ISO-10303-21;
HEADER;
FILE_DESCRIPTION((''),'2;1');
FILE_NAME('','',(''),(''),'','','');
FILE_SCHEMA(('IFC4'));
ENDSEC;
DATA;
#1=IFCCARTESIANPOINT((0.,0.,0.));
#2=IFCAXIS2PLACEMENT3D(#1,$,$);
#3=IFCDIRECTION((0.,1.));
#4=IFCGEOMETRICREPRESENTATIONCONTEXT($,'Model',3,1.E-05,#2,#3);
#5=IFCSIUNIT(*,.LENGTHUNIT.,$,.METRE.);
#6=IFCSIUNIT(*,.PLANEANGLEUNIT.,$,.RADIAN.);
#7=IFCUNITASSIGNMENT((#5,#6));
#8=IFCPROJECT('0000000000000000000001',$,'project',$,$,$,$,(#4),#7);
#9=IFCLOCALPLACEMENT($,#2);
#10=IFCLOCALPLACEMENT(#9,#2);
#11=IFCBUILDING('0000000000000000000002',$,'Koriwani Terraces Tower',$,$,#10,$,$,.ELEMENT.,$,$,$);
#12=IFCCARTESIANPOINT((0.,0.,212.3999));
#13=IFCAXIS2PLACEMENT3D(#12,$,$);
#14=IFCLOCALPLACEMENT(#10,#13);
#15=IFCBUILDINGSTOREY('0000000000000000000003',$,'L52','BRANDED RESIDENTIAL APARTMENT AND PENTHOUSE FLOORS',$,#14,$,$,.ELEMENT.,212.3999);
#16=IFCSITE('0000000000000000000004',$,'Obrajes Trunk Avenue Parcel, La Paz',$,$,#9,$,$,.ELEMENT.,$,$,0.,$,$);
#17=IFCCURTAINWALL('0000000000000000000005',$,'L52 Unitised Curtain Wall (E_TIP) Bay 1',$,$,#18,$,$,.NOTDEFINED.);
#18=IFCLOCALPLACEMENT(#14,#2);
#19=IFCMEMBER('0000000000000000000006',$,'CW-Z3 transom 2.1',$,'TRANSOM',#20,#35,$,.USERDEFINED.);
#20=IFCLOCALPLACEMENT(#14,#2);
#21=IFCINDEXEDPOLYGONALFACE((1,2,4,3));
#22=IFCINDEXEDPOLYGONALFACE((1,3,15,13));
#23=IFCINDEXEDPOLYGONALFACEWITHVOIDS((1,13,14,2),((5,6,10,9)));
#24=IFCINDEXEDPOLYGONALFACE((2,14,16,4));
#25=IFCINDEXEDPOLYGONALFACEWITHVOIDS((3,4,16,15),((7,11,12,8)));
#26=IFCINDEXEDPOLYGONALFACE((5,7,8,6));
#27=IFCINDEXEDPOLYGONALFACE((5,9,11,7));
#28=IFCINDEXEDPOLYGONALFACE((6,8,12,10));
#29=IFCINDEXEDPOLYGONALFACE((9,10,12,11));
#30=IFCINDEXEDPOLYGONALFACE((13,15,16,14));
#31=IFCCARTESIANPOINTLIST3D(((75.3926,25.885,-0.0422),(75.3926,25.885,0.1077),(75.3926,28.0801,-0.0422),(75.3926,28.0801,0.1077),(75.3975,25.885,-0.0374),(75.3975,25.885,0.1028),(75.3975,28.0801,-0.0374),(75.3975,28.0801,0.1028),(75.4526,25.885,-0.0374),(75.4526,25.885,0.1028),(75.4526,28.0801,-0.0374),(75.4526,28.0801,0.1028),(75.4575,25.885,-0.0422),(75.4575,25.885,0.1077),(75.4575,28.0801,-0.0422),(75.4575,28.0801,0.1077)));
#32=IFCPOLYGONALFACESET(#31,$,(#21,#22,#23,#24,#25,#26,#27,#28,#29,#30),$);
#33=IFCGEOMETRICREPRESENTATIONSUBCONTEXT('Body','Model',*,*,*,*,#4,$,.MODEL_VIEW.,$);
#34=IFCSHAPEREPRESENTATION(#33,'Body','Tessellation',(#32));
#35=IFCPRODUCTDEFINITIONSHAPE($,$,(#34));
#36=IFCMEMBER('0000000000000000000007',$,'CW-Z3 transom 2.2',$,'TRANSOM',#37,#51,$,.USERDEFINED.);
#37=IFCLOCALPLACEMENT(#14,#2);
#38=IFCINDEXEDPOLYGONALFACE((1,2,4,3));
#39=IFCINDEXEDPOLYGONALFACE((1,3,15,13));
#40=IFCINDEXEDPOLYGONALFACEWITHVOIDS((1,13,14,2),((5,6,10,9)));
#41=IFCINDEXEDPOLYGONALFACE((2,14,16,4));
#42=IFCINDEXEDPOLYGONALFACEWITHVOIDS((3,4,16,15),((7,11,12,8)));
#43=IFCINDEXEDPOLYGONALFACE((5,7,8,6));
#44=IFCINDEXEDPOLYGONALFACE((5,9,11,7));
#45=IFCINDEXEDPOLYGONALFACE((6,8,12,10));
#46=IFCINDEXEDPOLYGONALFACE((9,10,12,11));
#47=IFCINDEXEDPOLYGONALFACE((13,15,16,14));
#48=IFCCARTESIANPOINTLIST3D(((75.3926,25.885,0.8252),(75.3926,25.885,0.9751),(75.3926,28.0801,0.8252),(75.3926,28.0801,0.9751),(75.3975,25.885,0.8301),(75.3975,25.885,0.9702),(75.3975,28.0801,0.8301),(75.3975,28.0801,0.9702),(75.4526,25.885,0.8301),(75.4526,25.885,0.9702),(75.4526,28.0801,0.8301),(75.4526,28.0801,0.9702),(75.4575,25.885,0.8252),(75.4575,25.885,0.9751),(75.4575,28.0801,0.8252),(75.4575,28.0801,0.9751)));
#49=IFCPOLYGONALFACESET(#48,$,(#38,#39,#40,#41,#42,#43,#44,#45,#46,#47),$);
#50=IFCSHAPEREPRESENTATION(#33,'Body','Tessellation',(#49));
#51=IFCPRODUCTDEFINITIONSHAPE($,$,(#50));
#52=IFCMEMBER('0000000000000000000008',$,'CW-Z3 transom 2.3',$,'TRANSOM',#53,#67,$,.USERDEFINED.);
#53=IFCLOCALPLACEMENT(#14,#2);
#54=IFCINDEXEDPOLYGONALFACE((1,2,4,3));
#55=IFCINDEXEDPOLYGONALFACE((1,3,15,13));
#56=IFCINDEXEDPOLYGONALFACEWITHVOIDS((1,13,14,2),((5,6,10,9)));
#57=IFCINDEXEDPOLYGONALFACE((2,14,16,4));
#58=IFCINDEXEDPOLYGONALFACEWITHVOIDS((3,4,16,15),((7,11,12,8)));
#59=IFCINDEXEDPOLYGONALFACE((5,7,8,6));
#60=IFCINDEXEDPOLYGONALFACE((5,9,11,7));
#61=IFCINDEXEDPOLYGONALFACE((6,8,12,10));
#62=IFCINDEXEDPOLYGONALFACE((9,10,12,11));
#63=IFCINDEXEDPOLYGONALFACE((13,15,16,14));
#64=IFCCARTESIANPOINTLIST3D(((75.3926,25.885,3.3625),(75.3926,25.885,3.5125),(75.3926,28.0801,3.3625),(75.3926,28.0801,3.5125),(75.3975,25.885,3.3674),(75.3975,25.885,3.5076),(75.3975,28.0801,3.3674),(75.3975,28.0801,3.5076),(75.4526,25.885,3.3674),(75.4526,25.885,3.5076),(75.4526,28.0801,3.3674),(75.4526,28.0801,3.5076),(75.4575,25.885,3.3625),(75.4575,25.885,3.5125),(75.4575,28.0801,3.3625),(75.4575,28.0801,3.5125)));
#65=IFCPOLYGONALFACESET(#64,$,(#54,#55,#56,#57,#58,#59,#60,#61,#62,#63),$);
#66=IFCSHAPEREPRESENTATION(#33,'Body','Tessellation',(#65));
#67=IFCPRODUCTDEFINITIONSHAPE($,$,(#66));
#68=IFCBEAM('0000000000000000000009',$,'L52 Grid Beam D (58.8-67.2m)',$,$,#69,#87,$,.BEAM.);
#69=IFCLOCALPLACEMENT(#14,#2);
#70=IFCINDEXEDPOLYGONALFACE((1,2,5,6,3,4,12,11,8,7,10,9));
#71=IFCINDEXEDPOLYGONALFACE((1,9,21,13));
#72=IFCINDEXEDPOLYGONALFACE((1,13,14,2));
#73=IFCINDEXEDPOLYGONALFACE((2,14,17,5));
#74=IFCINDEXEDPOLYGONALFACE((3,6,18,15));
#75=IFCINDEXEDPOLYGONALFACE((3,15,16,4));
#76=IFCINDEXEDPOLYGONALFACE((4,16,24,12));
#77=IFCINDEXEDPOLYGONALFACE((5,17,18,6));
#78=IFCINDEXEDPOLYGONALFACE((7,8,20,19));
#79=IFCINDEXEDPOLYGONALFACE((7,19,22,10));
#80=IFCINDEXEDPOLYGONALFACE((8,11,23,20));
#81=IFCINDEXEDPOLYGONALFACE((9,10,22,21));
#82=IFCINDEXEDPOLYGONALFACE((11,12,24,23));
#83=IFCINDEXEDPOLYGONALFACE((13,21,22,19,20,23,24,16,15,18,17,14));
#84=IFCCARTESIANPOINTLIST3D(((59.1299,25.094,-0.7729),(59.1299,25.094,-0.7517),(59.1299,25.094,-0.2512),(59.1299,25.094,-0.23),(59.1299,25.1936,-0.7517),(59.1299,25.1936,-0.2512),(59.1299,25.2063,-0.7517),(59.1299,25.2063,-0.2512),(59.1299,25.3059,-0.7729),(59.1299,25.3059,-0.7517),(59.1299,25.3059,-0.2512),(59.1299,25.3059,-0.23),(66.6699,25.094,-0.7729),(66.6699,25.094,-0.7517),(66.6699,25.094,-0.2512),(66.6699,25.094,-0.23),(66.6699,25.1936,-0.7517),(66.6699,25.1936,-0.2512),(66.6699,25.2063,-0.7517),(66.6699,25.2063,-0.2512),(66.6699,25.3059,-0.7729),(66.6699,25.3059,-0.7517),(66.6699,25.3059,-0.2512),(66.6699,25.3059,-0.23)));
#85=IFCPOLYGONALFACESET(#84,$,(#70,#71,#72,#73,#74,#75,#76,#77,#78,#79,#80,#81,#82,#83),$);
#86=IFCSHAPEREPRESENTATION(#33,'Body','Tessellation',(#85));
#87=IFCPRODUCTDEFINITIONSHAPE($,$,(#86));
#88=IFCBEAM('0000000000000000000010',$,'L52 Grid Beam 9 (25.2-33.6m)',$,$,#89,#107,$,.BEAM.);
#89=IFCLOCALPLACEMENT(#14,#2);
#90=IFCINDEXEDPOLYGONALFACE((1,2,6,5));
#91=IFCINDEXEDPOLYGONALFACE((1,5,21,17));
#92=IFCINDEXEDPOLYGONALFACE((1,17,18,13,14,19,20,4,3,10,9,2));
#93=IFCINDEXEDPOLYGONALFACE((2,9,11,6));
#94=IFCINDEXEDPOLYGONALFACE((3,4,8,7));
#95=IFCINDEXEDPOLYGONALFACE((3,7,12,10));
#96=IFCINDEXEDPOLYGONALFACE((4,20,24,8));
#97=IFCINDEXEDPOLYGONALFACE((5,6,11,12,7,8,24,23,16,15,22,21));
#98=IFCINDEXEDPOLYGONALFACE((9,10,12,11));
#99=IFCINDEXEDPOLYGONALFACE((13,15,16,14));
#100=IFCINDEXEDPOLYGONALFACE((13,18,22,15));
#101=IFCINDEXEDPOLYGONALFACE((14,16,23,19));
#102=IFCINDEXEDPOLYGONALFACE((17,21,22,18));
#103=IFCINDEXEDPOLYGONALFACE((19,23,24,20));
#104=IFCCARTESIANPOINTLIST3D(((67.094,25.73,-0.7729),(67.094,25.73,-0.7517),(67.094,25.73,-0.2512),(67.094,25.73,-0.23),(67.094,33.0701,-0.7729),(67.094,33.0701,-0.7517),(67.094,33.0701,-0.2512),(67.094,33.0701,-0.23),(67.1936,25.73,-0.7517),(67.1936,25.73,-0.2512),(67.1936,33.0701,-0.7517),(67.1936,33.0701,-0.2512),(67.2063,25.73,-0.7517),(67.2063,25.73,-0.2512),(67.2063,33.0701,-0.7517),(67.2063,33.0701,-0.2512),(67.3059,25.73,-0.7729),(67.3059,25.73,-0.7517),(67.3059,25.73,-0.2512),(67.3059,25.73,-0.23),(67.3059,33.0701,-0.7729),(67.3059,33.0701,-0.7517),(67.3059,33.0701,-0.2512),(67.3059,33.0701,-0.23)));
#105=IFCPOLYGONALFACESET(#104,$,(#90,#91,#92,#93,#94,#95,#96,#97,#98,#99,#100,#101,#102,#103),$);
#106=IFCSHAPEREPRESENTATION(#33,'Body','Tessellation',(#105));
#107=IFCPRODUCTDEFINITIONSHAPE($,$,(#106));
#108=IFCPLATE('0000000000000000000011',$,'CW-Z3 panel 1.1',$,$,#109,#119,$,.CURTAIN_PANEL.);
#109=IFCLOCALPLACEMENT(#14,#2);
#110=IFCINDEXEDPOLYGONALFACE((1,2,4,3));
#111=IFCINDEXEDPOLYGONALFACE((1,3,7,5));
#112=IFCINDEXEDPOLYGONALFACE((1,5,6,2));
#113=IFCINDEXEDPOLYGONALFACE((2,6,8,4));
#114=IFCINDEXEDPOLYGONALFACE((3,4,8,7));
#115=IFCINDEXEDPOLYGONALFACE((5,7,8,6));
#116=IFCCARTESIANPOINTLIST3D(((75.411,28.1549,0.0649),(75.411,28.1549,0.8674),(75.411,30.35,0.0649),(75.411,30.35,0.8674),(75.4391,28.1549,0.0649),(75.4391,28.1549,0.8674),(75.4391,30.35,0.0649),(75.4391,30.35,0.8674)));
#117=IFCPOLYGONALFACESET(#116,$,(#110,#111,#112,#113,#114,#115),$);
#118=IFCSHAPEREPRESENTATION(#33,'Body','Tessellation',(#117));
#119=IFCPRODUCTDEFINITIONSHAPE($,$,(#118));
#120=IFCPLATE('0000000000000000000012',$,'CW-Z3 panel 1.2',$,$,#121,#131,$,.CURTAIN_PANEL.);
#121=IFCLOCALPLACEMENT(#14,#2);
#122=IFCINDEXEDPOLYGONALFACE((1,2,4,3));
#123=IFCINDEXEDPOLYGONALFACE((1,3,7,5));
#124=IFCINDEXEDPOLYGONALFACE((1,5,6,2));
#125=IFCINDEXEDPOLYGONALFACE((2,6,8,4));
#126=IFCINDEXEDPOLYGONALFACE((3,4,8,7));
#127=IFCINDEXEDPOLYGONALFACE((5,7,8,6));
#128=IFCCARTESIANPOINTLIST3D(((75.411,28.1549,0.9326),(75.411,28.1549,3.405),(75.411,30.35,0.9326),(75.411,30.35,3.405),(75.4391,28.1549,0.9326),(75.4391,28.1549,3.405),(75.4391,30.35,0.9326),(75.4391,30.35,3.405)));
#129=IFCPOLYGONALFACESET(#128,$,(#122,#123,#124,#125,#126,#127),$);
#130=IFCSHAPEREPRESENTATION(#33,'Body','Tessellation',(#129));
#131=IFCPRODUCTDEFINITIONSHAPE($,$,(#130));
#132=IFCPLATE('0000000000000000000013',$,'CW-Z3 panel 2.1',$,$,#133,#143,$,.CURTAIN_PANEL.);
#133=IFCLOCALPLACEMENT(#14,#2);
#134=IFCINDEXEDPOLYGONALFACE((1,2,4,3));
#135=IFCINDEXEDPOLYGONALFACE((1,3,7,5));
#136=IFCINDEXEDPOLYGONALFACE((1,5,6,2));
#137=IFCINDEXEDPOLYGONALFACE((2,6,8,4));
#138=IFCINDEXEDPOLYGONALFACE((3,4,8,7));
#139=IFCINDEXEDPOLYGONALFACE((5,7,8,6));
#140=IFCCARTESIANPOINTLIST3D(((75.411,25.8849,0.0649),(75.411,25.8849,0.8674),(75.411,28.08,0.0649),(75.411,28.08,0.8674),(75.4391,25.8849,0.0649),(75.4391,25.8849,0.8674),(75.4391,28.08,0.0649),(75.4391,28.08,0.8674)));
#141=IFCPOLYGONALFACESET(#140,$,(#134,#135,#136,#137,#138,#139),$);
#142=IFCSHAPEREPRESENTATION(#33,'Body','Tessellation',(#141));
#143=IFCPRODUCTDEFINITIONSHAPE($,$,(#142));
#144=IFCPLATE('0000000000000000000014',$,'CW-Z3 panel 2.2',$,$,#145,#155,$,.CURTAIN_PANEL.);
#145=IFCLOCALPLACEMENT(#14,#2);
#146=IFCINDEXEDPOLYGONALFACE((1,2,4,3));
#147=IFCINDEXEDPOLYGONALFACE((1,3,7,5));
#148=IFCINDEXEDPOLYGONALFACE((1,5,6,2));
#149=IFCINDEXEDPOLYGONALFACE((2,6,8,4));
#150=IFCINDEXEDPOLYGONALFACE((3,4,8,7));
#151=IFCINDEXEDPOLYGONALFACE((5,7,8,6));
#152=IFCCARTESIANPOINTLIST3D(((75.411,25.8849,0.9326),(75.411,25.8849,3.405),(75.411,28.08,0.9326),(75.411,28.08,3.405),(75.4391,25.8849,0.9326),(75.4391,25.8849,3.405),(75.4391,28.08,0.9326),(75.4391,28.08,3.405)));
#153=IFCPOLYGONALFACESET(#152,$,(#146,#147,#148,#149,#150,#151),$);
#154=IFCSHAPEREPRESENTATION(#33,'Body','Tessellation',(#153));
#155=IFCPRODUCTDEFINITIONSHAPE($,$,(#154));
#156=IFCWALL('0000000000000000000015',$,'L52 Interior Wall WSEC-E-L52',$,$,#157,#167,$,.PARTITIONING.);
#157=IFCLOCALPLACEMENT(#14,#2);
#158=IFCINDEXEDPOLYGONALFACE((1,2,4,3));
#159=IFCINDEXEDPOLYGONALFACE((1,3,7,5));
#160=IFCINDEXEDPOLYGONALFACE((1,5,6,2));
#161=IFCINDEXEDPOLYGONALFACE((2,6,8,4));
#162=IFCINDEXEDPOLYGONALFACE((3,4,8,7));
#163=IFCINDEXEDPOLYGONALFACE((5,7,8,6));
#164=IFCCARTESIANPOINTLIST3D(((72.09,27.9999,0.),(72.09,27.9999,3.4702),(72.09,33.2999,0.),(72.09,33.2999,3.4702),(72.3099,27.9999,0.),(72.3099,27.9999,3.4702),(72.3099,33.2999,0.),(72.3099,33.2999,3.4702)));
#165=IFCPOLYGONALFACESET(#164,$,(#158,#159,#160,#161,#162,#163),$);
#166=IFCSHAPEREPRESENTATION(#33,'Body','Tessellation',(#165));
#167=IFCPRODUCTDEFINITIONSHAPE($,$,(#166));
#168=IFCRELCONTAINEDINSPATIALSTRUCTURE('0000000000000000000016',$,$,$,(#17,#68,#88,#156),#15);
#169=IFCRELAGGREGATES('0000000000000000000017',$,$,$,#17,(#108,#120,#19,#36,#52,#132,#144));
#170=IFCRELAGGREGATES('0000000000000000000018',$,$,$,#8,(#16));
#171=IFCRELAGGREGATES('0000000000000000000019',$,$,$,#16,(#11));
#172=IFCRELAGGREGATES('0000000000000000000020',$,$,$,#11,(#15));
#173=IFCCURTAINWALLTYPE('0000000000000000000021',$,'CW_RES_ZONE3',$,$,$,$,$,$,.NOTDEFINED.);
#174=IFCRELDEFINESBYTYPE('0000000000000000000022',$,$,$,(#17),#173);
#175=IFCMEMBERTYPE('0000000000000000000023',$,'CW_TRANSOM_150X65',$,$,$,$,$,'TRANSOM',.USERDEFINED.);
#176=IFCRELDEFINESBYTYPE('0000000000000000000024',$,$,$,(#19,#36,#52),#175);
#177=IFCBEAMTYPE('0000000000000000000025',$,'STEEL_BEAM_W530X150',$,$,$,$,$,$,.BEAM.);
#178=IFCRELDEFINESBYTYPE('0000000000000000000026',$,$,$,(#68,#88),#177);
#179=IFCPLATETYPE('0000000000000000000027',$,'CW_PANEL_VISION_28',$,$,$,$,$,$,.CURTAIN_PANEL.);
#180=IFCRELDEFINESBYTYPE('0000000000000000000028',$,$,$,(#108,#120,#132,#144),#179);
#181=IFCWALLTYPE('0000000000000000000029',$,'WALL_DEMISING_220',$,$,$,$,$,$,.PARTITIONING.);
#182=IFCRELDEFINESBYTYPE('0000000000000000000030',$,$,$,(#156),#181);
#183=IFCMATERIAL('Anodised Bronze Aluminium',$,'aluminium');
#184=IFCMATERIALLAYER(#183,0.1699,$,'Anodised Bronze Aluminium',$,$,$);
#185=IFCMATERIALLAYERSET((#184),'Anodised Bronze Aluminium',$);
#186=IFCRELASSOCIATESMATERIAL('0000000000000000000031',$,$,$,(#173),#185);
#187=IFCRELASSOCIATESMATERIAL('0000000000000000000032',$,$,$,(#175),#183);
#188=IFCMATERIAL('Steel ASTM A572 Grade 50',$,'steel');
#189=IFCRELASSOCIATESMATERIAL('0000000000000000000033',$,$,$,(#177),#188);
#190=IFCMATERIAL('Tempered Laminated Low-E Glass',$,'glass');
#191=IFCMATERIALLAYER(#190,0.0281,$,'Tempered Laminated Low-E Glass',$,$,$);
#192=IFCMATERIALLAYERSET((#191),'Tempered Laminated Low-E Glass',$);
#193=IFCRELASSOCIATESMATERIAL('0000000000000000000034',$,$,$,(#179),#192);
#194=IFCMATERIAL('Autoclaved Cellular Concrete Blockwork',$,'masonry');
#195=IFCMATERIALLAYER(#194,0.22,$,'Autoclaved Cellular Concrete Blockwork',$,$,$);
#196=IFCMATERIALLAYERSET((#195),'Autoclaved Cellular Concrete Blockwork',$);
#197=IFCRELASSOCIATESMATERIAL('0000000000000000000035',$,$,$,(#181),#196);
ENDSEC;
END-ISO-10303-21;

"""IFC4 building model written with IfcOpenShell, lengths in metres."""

from ifc_helpers import new_model, si_unit, direction, frame, frame_2d, origin, origin_2d, place, context, subcontext, project, spatial, rectangle, hollow_rectangle, i_section, extrude, material, layer, layer_set, material_profile, profile_set, type_object, element, aggregate, save


model = new_model("IFC4")

# Units and contexts
model_context = context("Model", 3, precision=1e-05, world=origin(), true_north=direction((0.0, 1.0)))
body_context = subcontext(model_context, "Body", "Model", "MODEL_VIEW")
ifc_project = project(units=[si_unit("LENGTHUNIT", "METRE"), si_unit("PLANEANGLEUNIT", "RADIAN")], contexts=[model_context])

# Site, building, storey
site_placement = place(None, origin())
site = spatial("IfcSite", under=ifc_project, at=site_placement, Name="Obrajes Trunk Avenue Parcel, La Paz", CompositionType="ELEMENT", RefElevation=0.0)
building_placement = place(site_placement, origin())
building = spatial("IfcBuilding", under=site, at=building_placement, Name="Koriwani Terraces Tower", CompositionType="ELEMENT")
storey_placement = place(building_placement, frame((0.0, 0.0, 212.3999)))
storey = spatial("IfcBuildingStorey", under=building, at=storey_placement, Name="L52", Description="BRANDED RESIDENTIAL APARTMENT AND PENTHOUSE FLOORS", CompositionType="ELEMENT", Elevation=212.3999)

# Curtain wall, members
ifc_material_1 = material(Name="Anodised Bronze Aluminium", Category="aluminium")
ifc_layer_1 = layer(ifc_material_1, 0.1699, Name="Anodised Bronze Aluminium")
ifc_layer_set_1 = layer_set([ifc_layer_1], Name="Anodised Bronze Aluminium")
curtain_wall_type = type_object("IfcCurtainWallType", Name="CW_RES_ZONE3", PredefinedType="NOTDEFINED", material=ifc_layer_set_1)
curtain_wall_placement = place(storey_placement, origin())
curtain_wall = element("IfcCurtainWall", 1, at=curtain_wall_placement, inside=storey, type_object=curtain_wall_type, Name="L52 Unitised Curtain Wall (E_TIP) Bay 1", PredefinedType="NOTDEFINED")
ifc_material_profile_1 = material_profile(ifc_material_1, hollow_rectangle(XDim=0.0649, YDim=0.1499, WallThickness=0.0049, at=origin_2d()), Name="Anodised Bronze Aluminium", Category="LoadBearing")
ifc_profile_set_1 = profile_set([ifc_material_profile_1], Name="Anodised Bronze Aluminium")
member_type_1 = type_object("IfcMemberType", Name="CW_TRANSOM_150X65", ElementType="TRANSOM", PredefinedType="USERDEFINED", material=ifc_profile_set_1)
member_1_placement = place(storey_placement, frame((75.425, 28.0801, 0.0327), z_axis=(0.0, -1.0, 0.0), x_axis=(1.0, 0.0, 0.0)))
member_1 = element("IfcMember", 2, at=member_1_placement, type_object=member_type_1, Name="CW-Z3 transom 2.1", ObjectType="TRANSOM", PredefinedType="USERDEFINED", context=body_context, shape_type="SweptSolid", body=[
    extrude(hollow_rectangle(XDim=0.0649, YDim=0.1499, WallThickness=0.0049, at=origin_2d()), origin(), (0.0, 0.0, 1.0), 2.1951),
])
member_2_placement = place(storey_placement, frame((75.425, 28.0801, 0.9001), z_axis=(0.0, -1.0, 0.0), x_axis=(1.0, 0.0, 0.0)))
member_2 = element("IfcMember", 3, at=member_2_placement, type_object=member_type_1, Name="CW-Z3 transom 2.2", ObjectType="TRANSOM", PredefinedType="USERDEFINED", context=body_context, shape_type="SweptSolid", body=[
    extrude(hollow_rectangle(XDim=0.0649, YDim=0.1499, WallThickness=0.0049, at=origin_2d()), origin(), (0.0, 0.0, 1.0), 2.1951),
])
member_3_placement = place(storey_placement, frame((75.425, 28.0801, 3.4375), z_axis=(0.0, -1.0, 0.0), x_axis=(1.0, 0.0, 0.0)))
member_3 = element("IfcMember", 4, at=member_3_placement, type_object=member_type_1, Name="CW-Z3 transom 2.3", ObjectType="TRANSOM", PredefinedType="USERDEFINED", context=body_context, shape_type="SweptSolid", body=[
    extrude(hollow_rectangle(XDim=0.0649, YDim=0.1499, WallThickness=0.0049, at=origin_2d()), origin(), (0.0, 0.0, 1.0), 2.1951),
])

# Beams
ifc_material_2 = material(Name="Steel ASTM A572 Grade 50", Category="steel")
ifc_material_profile_2 = material_profile(ifc_material_2, i_section(OverallWidth=0.2119, OverallDepth=0.543, WebThickness=0.0127, FlangeThickness=0.0212, at=origin_2d()), Name="Steel ASTM A572 Grade 50", Category="LoadBearing")
ifc_profile_set_2 = profile_set([ifc_material_profile_2], Name="Steel ASTM A572 Grade 50")
beam_type_1 = type_object("IfcBeamType", Name="STEEL_BEAM_W530X150", PredefinedType="BEAM", material=ifc_profile_set_2)
beam_1_placement = place(storey_placement, frame((59.1299, 25.2, -0.5015), z_axis=(1.0, 0.0, 0.0), x_axis=(0.0, 1.0, 0.0)))
element("IfcBeam", 5, at=beam_1_placement, inside=storey, type_object=beam_type_1, Name="L52 Grid Beam D (58.8-67.2m)", PredefinedType="BEAM", context=body_context, shape_type="SweptSolid", body=[
    extrude(i_section(OverallWidth=0.2119, OverallDepth=0.543, WebThickness=0.0127, FlangeThickness=0.0212, at=origin_2d()), origin(), (0.0, 0.0, 1.0), 7.54),
])
beam_2_placement = place(storey_placement, frame((67.2, 25.73, -0.5015), z_axis=(0.0, 1.0, 0.0), x_axis=(-1.0, 0.0, 0.0)))
element("IfcBeam", 6, at=beam_2_placement, inside=storey, type_object=beam_type_1, Name="L52 Grid Beam 9 (25.2-33.6m)", PredefinedType="BEAM", context=body_context, shape_type="SweptSolid", body=[
    extrude(i_section(OverallWidth=0.2119, OverallDepth=0.543, WebThickness=0.0127, FlangeThickness=0.0212, at=origin_2d()), origin(), (0.0, 0.0, 1.0), 7.3401),
])

# Plates
ifc_material_3 = material(Name="Tempered Laminated Low-E Glass", Category="glass")
ifc_layer_2 = layer(ifc_material_3, 0.0281, Name="Tempered Laminated Low-E Glass")
ifc_layer_set_2 = layer_set([ifc_layer_2], Name="Tempered Laminated Low-E Glass")
plate_type = type_object("IfcPlateType", Name="CW_PANEL_VISION_28", PredefinedType="CURTAIN_PANEL", material=ifc_layer_set_2)
plate_1_placement = place(storey_placement, frame((75.425, 29.2524, 0.0649), z_axis=(0.0, 0.0, 1.0), x_axis=(0.0, -1.0, 0.0)))
plate_1 = element("IfcPlate", 7, at=plate_1_placement, type_object=plate_type, Name="CW-Z3 panel 1.1", PredefinedType="CURTAIN_PANEL", context=body_context, shape_type="SweptSolid", body=[
    extrude(rectangle(XDim=2.1951, YDim=0.0281, at=origin_2d()), origin(), (0.0, 0.0, 1.0), 0.8025),
])
plate_2_placement = place(storey_placement, frame((75.425, 29.2524, 0.9326), z_axis=(0.0, 0.0, 1.0), x_axis=(0.0, -1.0, 0.0)))
plate_2 = element("IfcPlate", 8, at=plate_2_placement, type_object=plate_type, Name="CW-Z3 panel 1.2", PredefinedType="CURTAIN_PANEL", context=body_context, shape_type="SweptSolid", body=[
    extrude(rectangle(XDim=2.1951, YDim=0.0281, at=origin_2d()), origin(), (0.0, 0.0, 1.0), 2.4724),
])
plate_3_placement = place(storey_placement, frame((75.425, 26.9824, 0.0649), z_axis=(0.0, 0.0, 1.0), x_axis=(0.0, -1.0, 0.0)))
plate_3 = element("IfcPlate", 9, at=plate_3_placement, type_object=plate_type, Name="CW-Z3 panel 2.1", PredefinedType="CURTAIN_PANEL", context=body_context, shape_type="SweptSolid", body=[
    extrude(rectangle(XDim=2.1951, YDim=0.0281, at=origin_2d()), origin(), (0.0, 0.0, 1.0), 0.8025),
])
plate_4_placement = place(storey_placement, frame((75.425, 26.9824, 0.9326), z_axis=(0.0, 0.0, 1.0), x_axis=(0.0, -1.0, 0.0)))
plate_4 = element("IfcPlate", 10, at=plate_4_placement, type_object=plate_type, Name="CW-Z3 panel 2.2", PredefinedType="CURTAIN_PANEL", context=body_context, shape_type="SweptSolid", body=[
    extrude(rectangle(XDim=2.1951, YDim=0.0281, at=origin_2d()), origin(), (0.0, 0.0, 1.0), 2.4724),
])
aggregate(curtain_wall, [plate_1, plate_2, member_1, member_2, member_3, plate_3, plate_4])

# Wall
ifc_material_4 = material(Name="Autoclaved Cellular Concrete Blockwork", Category="masonry")
ifc_layer_3 = layer(ifc_material_4, 0.22, Name="Autoclaved Cellular Concrete Blockwork")
ifc_layer_set_3 = layer_set([ifc_layer_3], Name="Autoclaved Cellular Concrete Blockwork")
wall_type_1 = type_object("IfcWallType", Name="WALL_DEMISING_220", PredefinedType="PARTITIONING", material=ifc_layer_set_3)
wall_1_placement = place(storey_placement, frame((72.2, 28.0, 0.0), z_axis=(0.0, 0.0, 1.0), x_axis=(0.0, 1.0, 0.0)))
element("IfcWall", 11, at=wall_1_placement, inside=storey, type_object=wall_type_1, Name="L52 Interior Wall WSEC-E-L52", PredefinedType="PARTITIONING", context=body_context, shape_type="SweptSolid", body=[
    extrude(rectangle(XDim=5.3, YDim=0.22, at=frame_2d((2.6499, 0.0))), origin(), (0.0, 0.0, 1.0), 3.4702),
])

save(model, "model.ifc")
